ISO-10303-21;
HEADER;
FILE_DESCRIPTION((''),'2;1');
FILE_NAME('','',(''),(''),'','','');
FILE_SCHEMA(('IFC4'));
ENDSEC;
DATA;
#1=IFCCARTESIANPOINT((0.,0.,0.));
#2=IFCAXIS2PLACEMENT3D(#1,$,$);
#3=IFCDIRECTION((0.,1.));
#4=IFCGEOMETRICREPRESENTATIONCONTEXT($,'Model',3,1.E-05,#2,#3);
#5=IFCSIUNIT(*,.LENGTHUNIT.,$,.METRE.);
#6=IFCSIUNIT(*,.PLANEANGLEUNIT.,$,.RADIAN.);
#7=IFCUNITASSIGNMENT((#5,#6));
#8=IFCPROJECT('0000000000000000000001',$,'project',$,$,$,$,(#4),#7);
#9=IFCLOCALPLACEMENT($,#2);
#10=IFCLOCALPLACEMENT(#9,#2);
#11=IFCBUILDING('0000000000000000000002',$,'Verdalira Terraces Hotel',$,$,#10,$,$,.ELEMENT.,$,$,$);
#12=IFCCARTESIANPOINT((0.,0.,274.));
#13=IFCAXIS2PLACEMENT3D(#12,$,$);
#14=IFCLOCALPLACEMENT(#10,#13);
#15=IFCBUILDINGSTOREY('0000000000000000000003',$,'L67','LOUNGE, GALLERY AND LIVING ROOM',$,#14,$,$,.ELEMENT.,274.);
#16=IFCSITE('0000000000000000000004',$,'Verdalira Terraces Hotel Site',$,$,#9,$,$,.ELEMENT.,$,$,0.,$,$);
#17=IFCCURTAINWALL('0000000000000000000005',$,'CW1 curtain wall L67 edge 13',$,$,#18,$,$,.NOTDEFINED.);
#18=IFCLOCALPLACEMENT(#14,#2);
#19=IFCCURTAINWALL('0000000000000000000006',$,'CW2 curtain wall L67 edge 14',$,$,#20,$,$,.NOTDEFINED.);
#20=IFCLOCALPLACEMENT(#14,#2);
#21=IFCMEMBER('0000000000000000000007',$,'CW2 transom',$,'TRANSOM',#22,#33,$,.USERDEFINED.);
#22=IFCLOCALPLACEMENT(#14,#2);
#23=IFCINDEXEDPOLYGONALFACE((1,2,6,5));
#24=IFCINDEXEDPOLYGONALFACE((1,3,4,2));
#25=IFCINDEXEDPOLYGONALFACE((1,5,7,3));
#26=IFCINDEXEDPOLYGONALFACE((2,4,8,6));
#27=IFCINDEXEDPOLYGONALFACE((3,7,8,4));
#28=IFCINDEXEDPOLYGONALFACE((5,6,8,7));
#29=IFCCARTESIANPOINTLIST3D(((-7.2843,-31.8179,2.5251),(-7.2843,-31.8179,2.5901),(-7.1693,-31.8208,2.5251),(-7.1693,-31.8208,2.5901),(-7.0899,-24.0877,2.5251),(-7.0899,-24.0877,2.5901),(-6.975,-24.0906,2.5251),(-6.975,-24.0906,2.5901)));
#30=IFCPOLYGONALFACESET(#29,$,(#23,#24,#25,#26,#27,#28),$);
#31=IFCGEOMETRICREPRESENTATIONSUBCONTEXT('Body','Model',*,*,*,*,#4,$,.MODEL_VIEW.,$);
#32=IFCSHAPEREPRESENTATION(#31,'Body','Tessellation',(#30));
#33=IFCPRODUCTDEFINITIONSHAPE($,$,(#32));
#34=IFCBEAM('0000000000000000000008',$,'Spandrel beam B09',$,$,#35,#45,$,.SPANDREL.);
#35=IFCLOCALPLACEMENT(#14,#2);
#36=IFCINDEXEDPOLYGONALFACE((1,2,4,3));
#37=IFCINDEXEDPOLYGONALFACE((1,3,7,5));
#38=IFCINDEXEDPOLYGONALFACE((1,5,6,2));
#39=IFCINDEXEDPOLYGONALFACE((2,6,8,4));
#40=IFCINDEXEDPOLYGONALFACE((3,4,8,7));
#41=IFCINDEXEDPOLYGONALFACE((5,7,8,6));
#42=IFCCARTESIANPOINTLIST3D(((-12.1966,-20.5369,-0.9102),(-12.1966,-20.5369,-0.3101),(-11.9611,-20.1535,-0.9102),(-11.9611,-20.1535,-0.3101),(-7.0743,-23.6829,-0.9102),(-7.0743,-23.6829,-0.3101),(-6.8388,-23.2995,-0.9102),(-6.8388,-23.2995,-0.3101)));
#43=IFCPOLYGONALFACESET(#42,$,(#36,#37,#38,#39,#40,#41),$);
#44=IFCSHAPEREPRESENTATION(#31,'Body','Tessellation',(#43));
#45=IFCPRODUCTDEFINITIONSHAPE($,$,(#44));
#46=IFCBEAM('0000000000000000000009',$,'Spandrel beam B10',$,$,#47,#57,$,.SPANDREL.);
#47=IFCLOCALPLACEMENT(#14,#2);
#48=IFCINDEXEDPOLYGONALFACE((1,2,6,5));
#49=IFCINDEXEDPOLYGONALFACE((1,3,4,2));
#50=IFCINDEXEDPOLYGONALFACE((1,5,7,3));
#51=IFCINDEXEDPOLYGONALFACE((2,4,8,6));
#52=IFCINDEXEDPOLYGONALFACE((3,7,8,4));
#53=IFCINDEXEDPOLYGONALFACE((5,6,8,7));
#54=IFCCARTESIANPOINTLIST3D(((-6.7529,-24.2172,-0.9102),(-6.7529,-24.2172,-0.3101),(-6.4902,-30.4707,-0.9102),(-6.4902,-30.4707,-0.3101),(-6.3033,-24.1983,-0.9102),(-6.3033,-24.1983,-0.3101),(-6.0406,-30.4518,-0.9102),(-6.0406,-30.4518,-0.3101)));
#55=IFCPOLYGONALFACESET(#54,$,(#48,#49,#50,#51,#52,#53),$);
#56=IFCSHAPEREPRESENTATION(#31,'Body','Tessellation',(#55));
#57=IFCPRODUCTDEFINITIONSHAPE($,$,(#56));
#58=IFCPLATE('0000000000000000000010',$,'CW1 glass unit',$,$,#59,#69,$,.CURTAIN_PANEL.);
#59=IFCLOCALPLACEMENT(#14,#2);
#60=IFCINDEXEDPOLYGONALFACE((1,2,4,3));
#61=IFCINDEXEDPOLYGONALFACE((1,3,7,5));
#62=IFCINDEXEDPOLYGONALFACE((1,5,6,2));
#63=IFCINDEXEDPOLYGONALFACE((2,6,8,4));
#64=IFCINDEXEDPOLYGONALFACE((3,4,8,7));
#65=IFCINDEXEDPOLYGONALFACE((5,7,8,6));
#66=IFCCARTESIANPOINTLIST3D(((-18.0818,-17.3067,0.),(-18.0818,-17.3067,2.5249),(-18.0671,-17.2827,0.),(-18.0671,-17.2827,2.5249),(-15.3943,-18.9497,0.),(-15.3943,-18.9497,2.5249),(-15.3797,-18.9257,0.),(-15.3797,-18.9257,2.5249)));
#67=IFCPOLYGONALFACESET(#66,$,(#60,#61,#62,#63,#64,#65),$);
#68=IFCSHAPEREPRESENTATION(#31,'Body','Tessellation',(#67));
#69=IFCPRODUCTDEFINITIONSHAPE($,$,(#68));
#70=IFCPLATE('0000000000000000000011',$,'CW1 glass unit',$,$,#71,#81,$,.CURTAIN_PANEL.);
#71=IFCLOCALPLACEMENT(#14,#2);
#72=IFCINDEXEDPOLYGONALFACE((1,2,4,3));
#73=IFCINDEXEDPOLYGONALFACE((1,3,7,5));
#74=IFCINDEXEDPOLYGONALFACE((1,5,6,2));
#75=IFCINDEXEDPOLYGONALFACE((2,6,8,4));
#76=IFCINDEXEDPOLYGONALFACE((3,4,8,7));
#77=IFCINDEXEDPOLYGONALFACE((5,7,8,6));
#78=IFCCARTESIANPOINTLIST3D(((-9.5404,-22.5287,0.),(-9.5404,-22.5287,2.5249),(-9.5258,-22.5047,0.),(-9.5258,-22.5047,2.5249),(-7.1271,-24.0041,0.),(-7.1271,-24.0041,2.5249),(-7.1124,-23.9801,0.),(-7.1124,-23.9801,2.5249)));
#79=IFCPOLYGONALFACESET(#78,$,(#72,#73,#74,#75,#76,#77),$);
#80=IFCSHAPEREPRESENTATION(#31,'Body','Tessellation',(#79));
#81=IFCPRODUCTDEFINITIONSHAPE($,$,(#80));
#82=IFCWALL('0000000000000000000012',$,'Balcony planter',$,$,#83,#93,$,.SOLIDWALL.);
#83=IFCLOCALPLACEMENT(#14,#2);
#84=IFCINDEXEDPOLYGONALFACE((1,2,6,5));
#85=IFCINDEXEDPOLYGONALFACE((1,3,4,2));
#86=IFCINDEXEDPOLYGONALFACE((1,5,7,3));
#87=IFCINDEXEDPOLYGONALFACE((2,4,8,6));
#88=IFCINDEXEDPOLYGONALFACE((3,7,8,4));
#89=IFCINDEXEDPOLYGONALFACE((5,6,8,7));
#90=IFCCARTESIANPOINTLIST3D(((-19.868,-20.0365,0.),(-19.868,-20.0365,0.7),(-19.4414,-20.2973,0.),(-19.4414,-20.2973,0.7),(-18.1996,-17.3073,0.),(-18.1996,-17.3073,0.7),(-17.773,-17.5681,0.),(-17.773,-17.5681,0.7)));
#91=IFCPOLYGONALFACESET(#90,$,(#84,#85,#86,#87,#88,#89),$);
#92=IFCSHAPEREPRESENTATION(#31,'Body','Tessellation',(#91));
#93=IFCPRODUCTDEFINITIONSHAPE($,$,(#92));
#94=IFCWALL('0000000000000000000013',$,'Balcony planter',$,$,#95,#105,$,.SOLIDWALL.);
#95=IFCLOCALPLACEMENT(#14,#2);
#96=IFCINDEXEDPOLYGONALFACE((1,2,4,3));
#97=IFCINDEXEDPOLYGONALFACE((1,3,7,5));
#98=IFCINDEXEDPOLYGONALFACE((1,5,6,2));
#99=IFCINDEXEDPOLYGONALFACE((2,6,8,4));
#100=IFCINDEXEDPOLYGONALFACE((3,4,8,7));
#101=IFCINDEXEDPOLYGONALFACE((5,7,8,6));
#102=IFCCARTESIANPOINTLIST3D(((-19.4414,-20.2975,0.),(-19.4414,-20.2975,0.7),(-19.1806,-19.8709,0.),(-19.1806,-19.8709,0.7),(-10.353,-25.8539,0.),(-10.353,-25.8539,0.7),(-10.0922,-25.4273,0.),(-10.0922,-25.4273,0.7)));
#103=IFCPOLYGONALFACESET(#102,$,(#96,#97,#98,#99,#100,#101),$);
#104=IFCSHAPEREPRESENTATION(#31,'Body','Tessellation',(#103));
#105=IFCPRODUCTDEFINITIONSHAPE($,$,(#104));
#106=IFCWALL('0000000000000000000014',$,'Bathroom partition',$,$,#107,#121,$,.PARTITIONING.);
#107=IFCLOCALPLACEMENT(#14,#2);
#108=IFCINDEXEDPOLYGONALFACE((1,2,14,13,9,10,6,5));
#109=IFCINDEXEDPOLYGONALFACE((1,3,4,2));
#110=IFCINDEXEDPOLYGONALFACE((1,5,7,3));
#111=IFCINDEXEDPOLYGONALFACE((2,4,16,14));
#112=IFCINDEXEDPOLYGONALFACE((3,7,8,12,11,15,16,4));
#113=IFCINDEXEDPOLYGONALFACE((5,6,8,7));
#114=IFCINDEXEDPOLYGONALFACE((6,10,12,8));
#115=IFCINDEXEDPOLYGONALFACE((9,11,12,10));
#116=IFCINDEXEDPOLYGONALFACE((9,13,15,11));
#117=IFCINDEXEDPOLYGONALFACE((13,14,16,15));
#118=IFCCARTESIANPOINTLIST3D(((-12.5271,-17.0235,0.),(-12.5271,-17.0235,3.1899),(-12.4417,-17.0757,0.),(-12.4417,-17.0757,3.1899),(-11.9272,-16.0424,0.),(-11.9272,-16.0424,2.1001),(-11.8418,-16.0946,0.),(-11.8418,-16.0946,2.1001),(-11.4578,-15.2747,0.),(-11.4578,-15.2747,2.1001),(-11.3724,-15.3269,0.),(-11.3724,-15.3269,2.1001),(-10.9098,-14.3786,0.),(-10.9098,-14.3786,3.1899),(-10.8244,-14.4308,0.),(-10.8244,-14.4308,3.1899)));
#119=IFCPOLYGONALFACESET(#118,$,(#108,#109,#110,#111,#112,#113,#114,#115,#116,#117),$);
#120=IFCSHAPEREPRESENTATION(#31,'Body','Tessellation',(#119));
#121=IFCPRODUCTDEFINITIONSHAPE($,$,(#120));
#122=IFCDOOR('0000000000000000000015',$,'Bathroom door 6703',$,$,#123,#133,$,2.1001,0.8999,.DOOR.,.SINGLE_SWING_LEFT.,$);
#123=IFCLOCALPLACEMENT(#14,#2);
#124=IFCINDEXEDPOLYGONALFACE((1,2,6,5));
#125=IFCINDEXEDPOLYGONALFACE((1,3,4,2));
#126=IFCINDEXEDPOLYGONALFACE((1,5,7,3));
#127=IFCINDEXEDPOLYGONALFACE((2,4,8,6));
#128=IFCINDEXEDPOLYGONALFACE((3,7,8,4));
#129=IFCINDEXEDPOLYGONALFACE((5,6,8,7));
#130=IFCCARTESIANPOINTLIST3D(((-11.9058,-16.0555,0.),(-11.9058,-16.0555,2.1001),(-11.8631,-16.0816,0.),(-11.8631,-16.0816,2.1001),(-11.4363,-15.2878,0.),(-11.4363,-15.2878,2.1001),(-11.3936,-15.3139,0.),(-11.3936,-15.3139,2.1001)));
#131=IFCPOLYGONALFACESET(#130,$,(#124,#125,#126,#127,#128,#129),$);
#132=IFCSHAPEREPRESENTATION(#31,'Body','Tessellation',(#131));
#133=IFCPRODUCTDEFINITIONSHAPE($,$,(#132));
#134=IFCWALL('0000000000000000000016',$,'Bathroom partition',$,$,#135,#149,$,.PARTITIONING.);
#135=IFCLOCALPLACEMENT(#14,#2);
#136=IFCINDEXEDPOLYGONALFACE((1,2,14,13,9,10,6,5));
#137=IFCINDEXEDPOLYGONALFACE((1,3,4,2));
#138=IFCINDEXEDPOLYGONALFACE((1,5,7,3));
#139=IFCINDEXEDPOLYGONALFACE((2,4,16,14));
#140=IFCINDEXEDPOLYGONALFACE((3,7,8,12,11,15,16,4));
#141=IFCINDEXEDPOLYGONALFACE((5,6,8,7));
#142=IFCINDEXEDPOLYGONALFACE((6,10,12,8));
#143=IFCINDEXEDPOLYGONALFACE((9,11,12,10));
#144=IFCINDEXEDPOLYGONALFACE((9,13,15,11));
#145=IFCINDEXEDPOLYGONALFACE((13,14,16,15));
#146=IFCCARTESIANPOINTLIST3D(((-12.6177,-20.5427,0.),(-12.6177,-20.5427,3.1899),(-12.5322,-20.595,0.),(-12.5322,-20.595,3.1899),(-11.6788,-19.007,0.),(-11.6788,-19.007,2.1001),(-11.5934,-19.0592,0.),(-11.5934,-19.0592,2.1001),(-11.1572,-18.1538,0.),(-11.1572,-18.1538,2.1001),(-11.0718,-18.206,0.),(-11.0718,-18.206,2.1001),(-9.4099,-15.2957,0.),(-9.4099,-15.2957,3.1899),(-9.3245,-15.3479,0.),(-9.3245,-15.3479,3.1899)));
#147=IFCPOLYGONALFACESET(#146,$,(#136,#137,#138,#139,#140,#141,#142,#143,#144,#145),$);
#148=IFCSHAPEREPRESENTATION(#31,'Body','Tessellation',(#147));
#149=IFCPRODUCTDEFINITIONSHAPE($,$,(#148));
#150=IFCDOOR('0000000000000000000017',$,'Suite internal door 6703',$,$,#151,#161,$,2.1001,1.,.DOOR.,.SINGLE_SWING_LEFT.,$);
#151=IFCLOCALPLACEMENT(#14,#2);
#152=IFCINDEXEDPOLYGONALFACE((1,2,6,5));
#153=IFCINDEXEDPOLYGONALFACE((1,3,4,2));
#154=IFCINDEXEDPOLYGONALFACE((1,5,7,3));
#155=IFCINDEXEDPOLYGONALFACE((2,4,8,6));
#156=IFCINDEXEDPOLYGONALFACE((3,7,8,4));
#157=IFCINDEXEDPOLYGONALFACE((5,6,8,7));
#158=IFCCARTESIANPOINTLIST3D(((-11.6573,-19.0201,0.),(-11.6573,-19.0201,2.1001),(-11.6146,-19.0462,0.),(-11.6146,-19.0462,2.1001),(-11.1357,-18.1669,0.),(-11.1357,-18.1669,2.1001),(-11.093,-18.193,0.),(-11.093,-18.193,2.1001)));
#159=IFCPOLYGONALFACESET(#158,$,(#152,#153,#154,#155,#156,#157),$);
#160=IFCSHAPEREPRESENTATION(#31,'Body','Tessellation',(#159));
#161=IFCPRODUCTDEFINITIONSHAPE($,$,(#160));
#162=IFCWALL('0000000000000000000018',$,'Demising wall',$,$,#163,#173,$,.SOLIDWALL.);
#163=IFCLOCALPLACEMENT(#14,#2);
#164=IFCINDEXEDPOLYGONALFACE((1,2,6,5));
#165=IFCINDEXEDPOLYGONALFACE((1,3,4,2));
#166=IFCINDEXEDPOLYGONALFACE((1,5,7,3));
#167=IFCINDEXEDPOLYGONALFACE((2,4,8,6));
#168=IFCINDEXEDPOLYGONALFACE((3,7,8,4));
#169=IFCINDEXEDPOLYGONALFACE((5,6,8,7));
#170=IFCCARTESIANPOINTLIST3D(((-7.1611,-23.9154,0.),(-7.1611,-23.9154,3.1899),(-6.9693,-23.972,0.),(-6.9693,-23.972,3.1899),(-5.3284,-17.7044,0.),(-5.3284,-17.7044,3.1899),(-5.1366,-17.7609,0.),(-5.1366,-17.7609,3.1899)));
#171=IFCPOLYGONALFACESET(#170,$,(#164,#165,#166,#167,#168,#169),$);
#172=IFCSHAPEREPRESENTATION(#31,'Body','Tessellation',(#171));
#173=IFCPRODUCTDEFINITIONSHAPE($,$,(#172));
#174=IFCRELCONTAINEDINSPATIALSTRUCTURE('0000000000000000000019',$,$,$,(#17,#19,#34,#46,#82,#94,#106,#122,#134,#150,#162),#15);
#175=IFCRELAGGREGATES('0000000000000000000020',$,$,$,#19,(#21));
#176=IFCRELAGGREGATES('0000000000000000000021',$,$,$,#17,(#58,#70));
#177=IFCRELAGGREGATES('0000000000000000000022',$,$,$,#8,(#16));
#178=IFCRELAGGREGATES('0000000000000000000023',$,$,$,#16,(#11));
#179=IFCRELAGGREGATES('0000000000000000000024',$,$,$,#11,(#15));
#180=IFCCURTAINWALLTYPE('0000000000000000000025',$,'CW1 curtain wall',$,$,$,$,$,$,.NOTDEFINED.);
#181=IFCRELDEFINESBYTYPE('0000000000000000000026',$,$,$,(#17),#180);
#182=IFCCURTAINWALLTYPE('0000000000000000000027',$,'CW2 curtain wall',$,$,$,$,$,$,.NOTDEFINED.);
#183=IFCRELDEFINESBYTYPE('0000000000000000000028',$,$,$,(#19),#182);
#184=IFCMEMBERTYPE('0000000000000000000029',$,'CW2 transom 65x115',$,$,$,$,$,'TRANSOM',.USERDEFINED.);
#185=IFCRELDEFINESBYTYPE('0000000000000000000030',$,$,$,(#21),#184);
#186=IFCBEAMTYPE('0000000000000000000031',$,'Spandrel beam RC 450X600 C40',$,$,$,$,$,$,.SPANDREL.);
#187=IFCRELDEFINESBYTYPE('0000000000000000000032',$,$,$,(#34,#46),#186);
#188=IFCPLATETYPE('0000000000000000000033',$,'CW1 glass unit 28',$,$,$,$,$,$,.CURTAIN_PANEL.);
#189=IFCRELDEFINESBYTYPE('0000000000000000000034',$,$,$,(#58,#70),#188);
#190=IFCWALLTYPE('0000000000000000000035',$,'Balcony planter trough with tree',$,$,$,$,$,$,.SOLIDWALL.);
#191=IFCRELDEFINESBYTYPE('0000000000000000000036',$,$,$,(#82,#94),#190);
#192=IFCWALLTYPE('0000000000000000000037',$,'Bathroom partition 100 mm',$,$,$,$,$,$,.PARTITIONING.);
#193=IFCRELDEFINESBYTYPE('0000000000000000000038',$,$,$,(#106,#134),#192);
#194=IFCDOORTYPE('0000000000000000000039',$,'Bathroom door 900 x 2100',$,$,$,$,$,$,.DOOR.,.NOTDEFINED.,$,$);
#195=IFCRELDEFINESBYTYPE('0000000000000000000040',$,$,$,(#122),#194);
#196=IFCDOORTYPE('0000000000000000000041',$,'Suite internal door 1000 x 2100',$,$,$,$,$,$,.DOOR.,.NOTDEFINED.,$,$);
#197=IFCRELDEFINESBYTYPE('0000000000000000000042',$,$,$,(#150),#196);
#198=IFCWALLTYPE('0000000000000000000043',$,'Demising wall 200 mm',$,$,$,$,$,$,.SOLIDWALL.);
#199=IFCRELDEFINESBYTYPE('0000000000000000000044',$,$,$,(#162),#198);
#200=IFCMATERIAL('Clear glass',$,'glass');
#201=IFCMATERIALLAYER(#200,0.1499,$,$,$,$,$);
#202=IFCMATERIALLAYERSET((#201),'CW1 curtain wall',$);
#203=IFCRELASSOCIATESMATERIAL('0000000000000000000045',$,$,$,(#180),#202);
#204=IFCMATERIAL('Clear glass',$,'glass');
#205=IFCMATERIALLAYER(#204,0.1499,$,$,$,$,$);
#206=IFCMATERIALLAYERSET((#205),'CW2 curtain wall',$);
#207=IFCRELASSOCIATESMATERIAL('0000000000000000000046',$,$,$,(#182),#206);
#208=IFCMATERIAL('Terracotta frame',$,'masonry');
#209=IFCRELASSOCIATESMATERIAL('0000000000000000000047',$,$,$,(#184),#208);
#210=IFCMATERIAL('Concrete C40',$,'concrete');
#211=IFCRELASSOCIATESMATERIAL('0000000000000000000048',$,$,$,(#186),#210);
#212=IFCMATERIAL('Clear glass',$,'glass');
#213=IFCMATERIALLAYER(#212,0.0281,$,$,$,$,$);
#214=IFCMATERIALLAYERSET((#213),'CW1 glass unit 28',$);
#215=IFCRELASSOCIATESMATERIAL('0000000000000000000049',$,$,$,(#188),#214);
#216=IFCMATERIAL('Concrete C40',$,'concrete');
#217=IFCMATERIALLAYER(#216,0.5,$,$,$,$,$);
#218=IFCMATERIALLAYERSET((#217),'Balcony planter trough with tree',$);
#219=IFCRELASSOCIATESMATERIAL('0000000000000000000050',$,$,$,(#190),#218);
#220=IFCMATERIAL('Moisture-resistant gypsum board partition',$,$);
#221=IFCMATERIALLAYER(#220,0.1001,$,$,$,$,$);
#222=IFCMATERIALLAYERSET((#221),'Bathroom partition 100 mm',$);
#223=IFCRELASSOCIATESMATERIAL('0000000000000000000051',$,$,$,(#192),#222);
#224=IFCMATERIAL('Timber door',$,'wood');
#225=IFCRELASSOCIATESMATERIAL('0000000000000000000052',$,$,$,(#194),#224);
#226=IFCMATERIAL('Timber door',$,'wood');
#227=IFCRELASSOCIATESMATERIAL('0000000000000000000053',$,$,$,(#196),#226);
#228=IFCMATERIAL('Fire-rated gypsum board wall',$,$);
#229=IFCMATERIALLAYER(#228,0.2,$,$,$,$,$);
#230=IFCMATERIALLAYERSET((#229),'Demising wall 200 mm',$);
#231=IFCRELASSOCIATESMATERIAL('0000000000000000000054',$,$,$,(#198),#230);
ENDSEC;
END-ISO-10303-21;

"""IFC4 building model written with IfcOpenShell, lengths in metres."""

from ifc_helpers import new_model, si_unit, direction, frame, frame_2d, origin, origin_2d, place, context, subcontext, project, spatial, rectangle, extrude, material, layer, layer_set, material_profile, profile_set, type_object, element, fill, aggregate, save


model = new_model("IFC4")

# Units and contexts
model_context = context("Model", 3, precision=1e-05, world=origin(), true_north=direction((0.0, 1.0)))
body_context = subcontext(model_context, "Body", "Model", "MODEL_VIEW")
ifc_project = project(units=[si_unit("LENGTHUNIT", "METRE"), si_unit("PLANEANGLEUNIT", "RADIAN")], contexts=[model_context])

# Site, building, storey
site_placement = place(None, origin())
site = spatial("IfcSite", under=ifc_project, at=site_placement, Name="Verdalira Terraces Hotel Site", CompositionType="ELEMENT", RefElevation=0.0)
building_placement = place(site_placement, origin())
building = spatial("IfcBuilding", under=site, at=building_placement, Name="Verdalira Terraces Hotel", CompositionType="ELEMENT")
storey_placement = place(building_placement, frame((0.0, 0.0, 274.0)))
storey = spatial("IfcBuildingStorey", under=building, at=storey_placement, Name="L67", Description="LOUNGE, GALLERY AND LIVING ROOM", CompositionType="ELEMENT", Elevation=274.0)

# Shared definitions
ifc_material_1 = material(Name="Clear glass", Category="glass")
ifc_layer_1 = layer(ifc_material_1, 0.1499)
ifc_layer_set_1 = layer_set([ifc_layer_1], Name="CW1 curtain wall")
curtain_wall_type_1 = type_object("IfcCurtainWallType", Name="CW1 curtain wall", PredefinedType="NOTDEFINED", material=ifc_layer_set_1)

# Curtain walls, member
curtain_wall_1_placement = place(storey_placement, origin())
curtain_wall_1 = element("IfcCurtainWall", 1, at=curtain_wall_1_placement, inside=storey, type_object=curtain_wall_type_1, Name="CW1 curtain wall L67 edge 13", PredefinedType="NOTDEFINED")
ifc_material_2 = material(Name="Clear glass", Category="glass")
ifc_layer_2 = layer(ifc_material_2, 0.1499)
ifc_layer_set_2 = layer_set([ifc_layer_2], Name="CW2 curtain wall")
curtain_wall_type_2 = type_object("IfcCurtainWallType", Name="CW2 curtain wall", PredefinedType="NOTDEFINED", material=ifc_layer_set_2)
curtain_wall_2_placement = place(storey_placement, origin())
curtain_wall_2 = element("IfcCurtainWall", 2, at=curtain_wall_2_placement, inside=storey, type_object=curtain_wall_type_2, Name="CW2 curtain wall L67 edge 14", PredefinedType="NOTDEFINED")
ifc_material_3 = material(Name="Terracotta frame", Category="masonry")
ifc_material_profile_1 = material_profile(ifc_material_3, rectangle(XDim=0.115, YDim=0.0649, at=origin_2d()), Name="TR 65x115")
ifc_profile_set_1 = profile_set([ifc_material_profile_1], Name="Terracotta frame")
member_type_1 = type_object("IfcMemberType", Name="CW2 transom 65x115", ElementType="TRANSOM", PredefinedType="USERDEFINED", material=ifc_profile_set_1)
member_1_placement = place(storey_placement, frame((-7.0325, -24.0891, 2.5576), z_axis=(-0.025132, -0.999684, 0.0), x_axis=(0.999684, -0.025132, 0.0)))
member_1 = element("IfcMember", 3, at=member_1_placement, type_object=member_type_1, Name="CW2 transom", ObjectType="TRANSOM", PredefinedType="USERDEFINED", context=body_context, shape_type="SweptSolid", body=[
    extrude(rectangle(XDim=0.115, YDim=0.0649, at=origin_2d()), origin(), (0.0, 0.0, 1.0), 7.7327),
])
aggregate(curtain_wall_2, [member_1])

# Beams
ifc_material_4 = material(Name="Concrete C40", Category="concrete")
ifc_material_profile_2 = material_profile(ifc_material_4, rectangle(XDim=0.45, YDim=0.6001, at=origin_2d()), Name="RC 450X600")
ifc_profile_set_2 = profile_set([ifc_material_profile_2], Name="Concrete C40")
beam_type_1 = type_object("IfcBeamType", Name="Spandrel beam RC 450X600 C40", PredefinedType="SPANDREL", material=ifc_profile_set_2)
beam_1_placement = place(storey_placement, frame((-12.0789, -20.3452, -0.6101), z_axis=(0.852118, -0.523349, 0.0), x_axis=(0.523349, 0.852118, 0.0)))
element("IfcBeam", 4, at=beam_1_placement, inside=storey, type_object=beam_type_1, Name="Spandrel beam B09", PredefinedType="SPANDREL", context=body_context, shape_type="SweptSolid", body=[
    extrude(rectangle(XDim=0.45, YDim=0.6001, at=origin_2d()), origin(), (0.0, 0.0, 1.0), 6.0112),
])
beam_2_placement = place(storey_placement, frame((-6.5281, -24.2078, -0.6101), z_axis=(0.041971, -0.999119, 0.0), x_axis=(0.999119, 0.041971, 0.0)))
element("IfcBeam", 5, at=beam_2_placement, inside=storey, type_object=beam_type_1, Name="Spandrel beam B10", PredefinedType="SPANDREL", context=body_context, shape_type="SweptSolid", body=[
    extrude(rectangle(XDim=0.45, YDim=0.6001, at=origin_2d()), origin(), (0.0, 0.0, 1.0), 6.259),
])

# Plates
ifc_material_5 = material(Name="Clear glass", Category="glass")
ifc_layer_3 = layer(ifc_material_5, 0.0281)
ifc_layer_set_3 = layer_set([ifc_layer_3], Name="CW1 glass unit 28")
plate_type = type_object("IfcPlateType", Name="CW1 glass unit 28", PredefinedType="CURTAIN_PANEL", material=ifc_layer_set_3)
plate_1_placement = place(storey_placement, frame((-16.7307, -18.1162, 0.0), z_axis=(0.0, 0.0, 1.0), x_axis=(0.853187, -0.521605, 0.0)))
plate_1 = element("IfcPlate", 6, at=plate_1_placement, type_object=plate_type, Name="CW1 glass unit", PredefinedType="CURTAIN_PANEL", context=body_context, shape_type="SweptSolid", body=[
    extrude(rectangle(XDim=3.1499, YDim=0.0281, at=origin_2d()), origin(), (0.0, 0.0, 1.0), 2.5249),
])
plate_2_placement = place(storey_placement, frame((-8.3264, -23.2544, 0.0), z_axis=(0.0, 0.0, 1.0), x_axis=(0.853187, -0.521605, 0.0)))
plate_2 = element("IfcPlate", 7, at=plate_2_placement, type_object=plate_type, Name="CW1 glass unit", PredefinedType="CURTAIN_PANEL", context=body_context, shape_type="SweptSolid", body=[
    extrude(rectangle(XDim=2.8286, YDim=0.0281, at=origin_2d()), origin(), (0.0, 0.0, 1.0), 2.5249),
])
aggregate(curtain_wall_1, [plate_1, plate_2])

# Walls
ifc_material_6 = material(Name="Concrete C40", Category="concrete")
ifc_layer_4 = layer(ifc_material_6, 0.5)
ifc_layer_set_4 = layer_set([ifc_layer_4], Name="Balcony planter trough with tree")
wall_type_1 = type_object("IfcWallType", Name="Balcony planter trough with tree", PredefinedType="SOLIDWALL", material=ifc_layer_set_4)
wall_1_placement = place(storey_placement, frame((-17.9863, -17.4377, 0.0), z_axis=(0.0, 0.0, 1.0), x_axis=(-0.521583, -0.853201, 0.0)))
element("IfcWall", 8, at=wall_1_placement, inside=storey, type_object=wall_type_1, Name="Balcony planter", PredefinedType="SOLIDWALL", context=body_context, shape_type="SweptSolid", body=[
    extrude(rectangle(XDim=3.1987, YDim=0.5, at=frame_2d((1.5994, 0.0))), origin(), (0.0, 0.0, 1.0), 0.7),
])
wall_2_placement = place(storey_placement, frame((-19.311, -20.0842, 0.0), z_axis=(0.0, 0.0, 1.0), x_axis=(0.853182, -0.521613, 0.0)))
element("IfcWall", 9, at=wall_2_placement, inside=storey, type_object=wall_type_1, Name="Balcony planter", PredefinedType="SOLIDWALL", context=body_context, shape_type="SweptSolid", body=[
    extrude(rectangle(XDim=10.6523, YDim=0.5, at=frame_2d((5.3262, 0.0))), origin(), (0.0, 0.0, 1.0), 0.7),
])

# Walls, openings, doors
ifc_material_7 = material(Name="Moisture-resistant gypsum board partition")
ifc_layer_5 = layer(ifc_material_7, 0.1001)
ifc_layer_set_5 = layer_set([ifc_layer_5], Name="Bathroom partition 100 mm")
wall_type_2 = type_object("IfcWallType", Name="Bathroom partition 100 mm", PredefinedType="PARTITIONING", material=ifc_layer_set_5)
wall_3_placement = place(storey_placement, frame((-12.4844, -17.0496, 0.0), z_axis=(0.0, 0.0, 1.0), x_axis=(0.52167, 0.853147, 0.0)))
wall_3 = element("IfcWall", 10, at=wall_3_placement, inside=storey, type_object=wall_type_2, Name="Bathroom partition", PredefinedType="PARTITIONING", context=body_context, shape_type="SweptSolid", body=[
    extrude(rectangle(XDim=3.1001, YDim=0.1001, at=frame_2d((1.55, 0.0))), origin(), (0.0, 0.0, 1.0), 3.1899),
])
opening_1_placement = place(wall_3_placement, frame((1.1499, 0.0, 0.0)))
opening_1 = element("IfcOpeningElement", 11, at=opening_1_placement, cuts=wall_3, PredefinedType="OPENING", context=body_context, shape_type="SweptSolid", body=[
    extrude(rectangle(XDim=0.8999, YDim=2.1001, at=frame_2d((0.45, 1.05))), frame((0.0, 0.0601, 0.0), z_axis=(0.0, -1.0, 0.0), x_axis=(1.0, 0.0, 0.0)), (0.0, 0.0, 1.0), 0.1201),
])
ifc_material_8 = material(Name="Timber door", Category="wood")
door_type_1 = type_object("IfcDoorType", Name="Bathroom door 900 x 2100", OperationType="NOTDEFINED", PredefinedType="DOOR", material=ifc_material_8)
door_1_placement = place(opening_1_placement, origin())
door_1 = element("IfcDoor", 12, at=door_1_placement, inside=storey, type_object=door_type_1, Name="Bathroom door 6703", OperationType="SINGLE_SWING_LEFT", OverallHeight=2.1001, OverallWidth=0.8999, PredefinedType="DOOR", context=body_context, shape_type="SweptSolid", body=[
    extrude(rectangle(XDim=0.8999, YDim=2.1001, at=frame_2d((0.45, 1.05))), frame((0.0, 0.0249, 0.0), z_axis=(0.0, -1.0, 0.0), x_axis=(1.0, 0.0, 0.0)), (0.0, 0.0, 1.0), 0.05),
])
fill(opening_1, door_1)
wall_4_placement = place(storey_placement, frame((-12.575, -20.5688, 0.0), z_axis=(0.0, 0.0, 1.0), x_axis=(0.521595, 0.853194, 0.0)))
wall_4 = element("IfcWall", 13, at=wall_4_placement, inside=storey, type_object=wall_type_2, Name="Bathroom partition", PredefinedType="PARTITIONING", context=body_context, shape_type="SweptSolid", body=[
    extrude(rectangle(XDim=6.1499, YDim=0.1001, at=frame_2d((3.075, 0.0))), origin(), (0.0, 0.0, 1.0), 3.1899),
])
opening_2_placement = place(wall_4_placement, frame((1.8, 0.0, 0.0)))
opening_2 = element("IfcOpeningElement", 14, at=opening_2_placement, cuts=wall_4, PredefinedType="OPENING", context=body_context, shape_type="SweptSolid", body=[
    extrude(rectangle(XDim=1.0, YDim=2.1001, at=frame_2d((0.5, 1.05))), frame((0.0, 0.0601, 0.0), z_axis=(0.0, -1.0, 0.0), x_axis=(1.0, 0.0, 0.0)), (0.0, 0.0, 1.0), 0.1201),
])
ifc_material_9 = material(Name="Timber door", Category="wood")
door_type_2 = type_object("IfcDoorType", Name="Suite internal door 1000 x 2100", OperationType="NOTDEFINED", PredefinedType="DOOR", material=ifc_material_9)
door_2_placement = place(opening_2_placement, origin())
door_2 = element("IfcDoor", 15, at=door_2_placement, inside=storey, type_object=door_type_2, Name="Suite internal door 6703", OperationType="SINGLE_SWING_LEFT", OverallHeight=2.1001, OverallWidth=1.0, PredefinedType="DOOR", context=body_context, shape_type="SweptSolid", body=[
    extrude(rectangle(XDim=1.0, YDim=2.1001, at=frame_2d((0.5, 1.05))), frame((0.0, 0.0249, 0.0), z_axis=(0.0, -1.0, 0.0), x_axis=(1.0, 0.0, 0.0)), (0.0, 0.0, 1.0), 0.05),
])
fill(opening_2, door_2)

# Wall
ifc_material_10 = material(Name="Fire-rated gypsum board wall")
ifc_layer_6 = layer(ifc_material_10, 0.2)
ifc_layer_set_6 = layer_set([ifc_layer_6], Name="Demising wall 200 mm")
wall_type_3 = type_object("IfcWallType", Name="Demising wall 200 mm", PredefinedType="SOLIDWALL", material=ifc_layer_set_6)
wall_5_placement = place(storey_placement, frame((-7.0652, -23.9436, 0.0), z_axis=(0.0, 0.0, 1.0), x_axis=(0.283011, 0.959117, 0.0)))
element("IfcWall", 16, at=wall_5_placement, inside=storey, type_object=wall_type_3, Name="Demising wall", PredefinedType="SOLIDWALL", context=body_context, shape_type="SweptSolid", body=[
    extrude(rectangle(XDim=6.4758, YDim=0.2, at=frame_2d((3.2378, 0.0))), origin(), (0.0, 0.0, 1.0), 3.1899),
])

save(model, "model.ifc")
